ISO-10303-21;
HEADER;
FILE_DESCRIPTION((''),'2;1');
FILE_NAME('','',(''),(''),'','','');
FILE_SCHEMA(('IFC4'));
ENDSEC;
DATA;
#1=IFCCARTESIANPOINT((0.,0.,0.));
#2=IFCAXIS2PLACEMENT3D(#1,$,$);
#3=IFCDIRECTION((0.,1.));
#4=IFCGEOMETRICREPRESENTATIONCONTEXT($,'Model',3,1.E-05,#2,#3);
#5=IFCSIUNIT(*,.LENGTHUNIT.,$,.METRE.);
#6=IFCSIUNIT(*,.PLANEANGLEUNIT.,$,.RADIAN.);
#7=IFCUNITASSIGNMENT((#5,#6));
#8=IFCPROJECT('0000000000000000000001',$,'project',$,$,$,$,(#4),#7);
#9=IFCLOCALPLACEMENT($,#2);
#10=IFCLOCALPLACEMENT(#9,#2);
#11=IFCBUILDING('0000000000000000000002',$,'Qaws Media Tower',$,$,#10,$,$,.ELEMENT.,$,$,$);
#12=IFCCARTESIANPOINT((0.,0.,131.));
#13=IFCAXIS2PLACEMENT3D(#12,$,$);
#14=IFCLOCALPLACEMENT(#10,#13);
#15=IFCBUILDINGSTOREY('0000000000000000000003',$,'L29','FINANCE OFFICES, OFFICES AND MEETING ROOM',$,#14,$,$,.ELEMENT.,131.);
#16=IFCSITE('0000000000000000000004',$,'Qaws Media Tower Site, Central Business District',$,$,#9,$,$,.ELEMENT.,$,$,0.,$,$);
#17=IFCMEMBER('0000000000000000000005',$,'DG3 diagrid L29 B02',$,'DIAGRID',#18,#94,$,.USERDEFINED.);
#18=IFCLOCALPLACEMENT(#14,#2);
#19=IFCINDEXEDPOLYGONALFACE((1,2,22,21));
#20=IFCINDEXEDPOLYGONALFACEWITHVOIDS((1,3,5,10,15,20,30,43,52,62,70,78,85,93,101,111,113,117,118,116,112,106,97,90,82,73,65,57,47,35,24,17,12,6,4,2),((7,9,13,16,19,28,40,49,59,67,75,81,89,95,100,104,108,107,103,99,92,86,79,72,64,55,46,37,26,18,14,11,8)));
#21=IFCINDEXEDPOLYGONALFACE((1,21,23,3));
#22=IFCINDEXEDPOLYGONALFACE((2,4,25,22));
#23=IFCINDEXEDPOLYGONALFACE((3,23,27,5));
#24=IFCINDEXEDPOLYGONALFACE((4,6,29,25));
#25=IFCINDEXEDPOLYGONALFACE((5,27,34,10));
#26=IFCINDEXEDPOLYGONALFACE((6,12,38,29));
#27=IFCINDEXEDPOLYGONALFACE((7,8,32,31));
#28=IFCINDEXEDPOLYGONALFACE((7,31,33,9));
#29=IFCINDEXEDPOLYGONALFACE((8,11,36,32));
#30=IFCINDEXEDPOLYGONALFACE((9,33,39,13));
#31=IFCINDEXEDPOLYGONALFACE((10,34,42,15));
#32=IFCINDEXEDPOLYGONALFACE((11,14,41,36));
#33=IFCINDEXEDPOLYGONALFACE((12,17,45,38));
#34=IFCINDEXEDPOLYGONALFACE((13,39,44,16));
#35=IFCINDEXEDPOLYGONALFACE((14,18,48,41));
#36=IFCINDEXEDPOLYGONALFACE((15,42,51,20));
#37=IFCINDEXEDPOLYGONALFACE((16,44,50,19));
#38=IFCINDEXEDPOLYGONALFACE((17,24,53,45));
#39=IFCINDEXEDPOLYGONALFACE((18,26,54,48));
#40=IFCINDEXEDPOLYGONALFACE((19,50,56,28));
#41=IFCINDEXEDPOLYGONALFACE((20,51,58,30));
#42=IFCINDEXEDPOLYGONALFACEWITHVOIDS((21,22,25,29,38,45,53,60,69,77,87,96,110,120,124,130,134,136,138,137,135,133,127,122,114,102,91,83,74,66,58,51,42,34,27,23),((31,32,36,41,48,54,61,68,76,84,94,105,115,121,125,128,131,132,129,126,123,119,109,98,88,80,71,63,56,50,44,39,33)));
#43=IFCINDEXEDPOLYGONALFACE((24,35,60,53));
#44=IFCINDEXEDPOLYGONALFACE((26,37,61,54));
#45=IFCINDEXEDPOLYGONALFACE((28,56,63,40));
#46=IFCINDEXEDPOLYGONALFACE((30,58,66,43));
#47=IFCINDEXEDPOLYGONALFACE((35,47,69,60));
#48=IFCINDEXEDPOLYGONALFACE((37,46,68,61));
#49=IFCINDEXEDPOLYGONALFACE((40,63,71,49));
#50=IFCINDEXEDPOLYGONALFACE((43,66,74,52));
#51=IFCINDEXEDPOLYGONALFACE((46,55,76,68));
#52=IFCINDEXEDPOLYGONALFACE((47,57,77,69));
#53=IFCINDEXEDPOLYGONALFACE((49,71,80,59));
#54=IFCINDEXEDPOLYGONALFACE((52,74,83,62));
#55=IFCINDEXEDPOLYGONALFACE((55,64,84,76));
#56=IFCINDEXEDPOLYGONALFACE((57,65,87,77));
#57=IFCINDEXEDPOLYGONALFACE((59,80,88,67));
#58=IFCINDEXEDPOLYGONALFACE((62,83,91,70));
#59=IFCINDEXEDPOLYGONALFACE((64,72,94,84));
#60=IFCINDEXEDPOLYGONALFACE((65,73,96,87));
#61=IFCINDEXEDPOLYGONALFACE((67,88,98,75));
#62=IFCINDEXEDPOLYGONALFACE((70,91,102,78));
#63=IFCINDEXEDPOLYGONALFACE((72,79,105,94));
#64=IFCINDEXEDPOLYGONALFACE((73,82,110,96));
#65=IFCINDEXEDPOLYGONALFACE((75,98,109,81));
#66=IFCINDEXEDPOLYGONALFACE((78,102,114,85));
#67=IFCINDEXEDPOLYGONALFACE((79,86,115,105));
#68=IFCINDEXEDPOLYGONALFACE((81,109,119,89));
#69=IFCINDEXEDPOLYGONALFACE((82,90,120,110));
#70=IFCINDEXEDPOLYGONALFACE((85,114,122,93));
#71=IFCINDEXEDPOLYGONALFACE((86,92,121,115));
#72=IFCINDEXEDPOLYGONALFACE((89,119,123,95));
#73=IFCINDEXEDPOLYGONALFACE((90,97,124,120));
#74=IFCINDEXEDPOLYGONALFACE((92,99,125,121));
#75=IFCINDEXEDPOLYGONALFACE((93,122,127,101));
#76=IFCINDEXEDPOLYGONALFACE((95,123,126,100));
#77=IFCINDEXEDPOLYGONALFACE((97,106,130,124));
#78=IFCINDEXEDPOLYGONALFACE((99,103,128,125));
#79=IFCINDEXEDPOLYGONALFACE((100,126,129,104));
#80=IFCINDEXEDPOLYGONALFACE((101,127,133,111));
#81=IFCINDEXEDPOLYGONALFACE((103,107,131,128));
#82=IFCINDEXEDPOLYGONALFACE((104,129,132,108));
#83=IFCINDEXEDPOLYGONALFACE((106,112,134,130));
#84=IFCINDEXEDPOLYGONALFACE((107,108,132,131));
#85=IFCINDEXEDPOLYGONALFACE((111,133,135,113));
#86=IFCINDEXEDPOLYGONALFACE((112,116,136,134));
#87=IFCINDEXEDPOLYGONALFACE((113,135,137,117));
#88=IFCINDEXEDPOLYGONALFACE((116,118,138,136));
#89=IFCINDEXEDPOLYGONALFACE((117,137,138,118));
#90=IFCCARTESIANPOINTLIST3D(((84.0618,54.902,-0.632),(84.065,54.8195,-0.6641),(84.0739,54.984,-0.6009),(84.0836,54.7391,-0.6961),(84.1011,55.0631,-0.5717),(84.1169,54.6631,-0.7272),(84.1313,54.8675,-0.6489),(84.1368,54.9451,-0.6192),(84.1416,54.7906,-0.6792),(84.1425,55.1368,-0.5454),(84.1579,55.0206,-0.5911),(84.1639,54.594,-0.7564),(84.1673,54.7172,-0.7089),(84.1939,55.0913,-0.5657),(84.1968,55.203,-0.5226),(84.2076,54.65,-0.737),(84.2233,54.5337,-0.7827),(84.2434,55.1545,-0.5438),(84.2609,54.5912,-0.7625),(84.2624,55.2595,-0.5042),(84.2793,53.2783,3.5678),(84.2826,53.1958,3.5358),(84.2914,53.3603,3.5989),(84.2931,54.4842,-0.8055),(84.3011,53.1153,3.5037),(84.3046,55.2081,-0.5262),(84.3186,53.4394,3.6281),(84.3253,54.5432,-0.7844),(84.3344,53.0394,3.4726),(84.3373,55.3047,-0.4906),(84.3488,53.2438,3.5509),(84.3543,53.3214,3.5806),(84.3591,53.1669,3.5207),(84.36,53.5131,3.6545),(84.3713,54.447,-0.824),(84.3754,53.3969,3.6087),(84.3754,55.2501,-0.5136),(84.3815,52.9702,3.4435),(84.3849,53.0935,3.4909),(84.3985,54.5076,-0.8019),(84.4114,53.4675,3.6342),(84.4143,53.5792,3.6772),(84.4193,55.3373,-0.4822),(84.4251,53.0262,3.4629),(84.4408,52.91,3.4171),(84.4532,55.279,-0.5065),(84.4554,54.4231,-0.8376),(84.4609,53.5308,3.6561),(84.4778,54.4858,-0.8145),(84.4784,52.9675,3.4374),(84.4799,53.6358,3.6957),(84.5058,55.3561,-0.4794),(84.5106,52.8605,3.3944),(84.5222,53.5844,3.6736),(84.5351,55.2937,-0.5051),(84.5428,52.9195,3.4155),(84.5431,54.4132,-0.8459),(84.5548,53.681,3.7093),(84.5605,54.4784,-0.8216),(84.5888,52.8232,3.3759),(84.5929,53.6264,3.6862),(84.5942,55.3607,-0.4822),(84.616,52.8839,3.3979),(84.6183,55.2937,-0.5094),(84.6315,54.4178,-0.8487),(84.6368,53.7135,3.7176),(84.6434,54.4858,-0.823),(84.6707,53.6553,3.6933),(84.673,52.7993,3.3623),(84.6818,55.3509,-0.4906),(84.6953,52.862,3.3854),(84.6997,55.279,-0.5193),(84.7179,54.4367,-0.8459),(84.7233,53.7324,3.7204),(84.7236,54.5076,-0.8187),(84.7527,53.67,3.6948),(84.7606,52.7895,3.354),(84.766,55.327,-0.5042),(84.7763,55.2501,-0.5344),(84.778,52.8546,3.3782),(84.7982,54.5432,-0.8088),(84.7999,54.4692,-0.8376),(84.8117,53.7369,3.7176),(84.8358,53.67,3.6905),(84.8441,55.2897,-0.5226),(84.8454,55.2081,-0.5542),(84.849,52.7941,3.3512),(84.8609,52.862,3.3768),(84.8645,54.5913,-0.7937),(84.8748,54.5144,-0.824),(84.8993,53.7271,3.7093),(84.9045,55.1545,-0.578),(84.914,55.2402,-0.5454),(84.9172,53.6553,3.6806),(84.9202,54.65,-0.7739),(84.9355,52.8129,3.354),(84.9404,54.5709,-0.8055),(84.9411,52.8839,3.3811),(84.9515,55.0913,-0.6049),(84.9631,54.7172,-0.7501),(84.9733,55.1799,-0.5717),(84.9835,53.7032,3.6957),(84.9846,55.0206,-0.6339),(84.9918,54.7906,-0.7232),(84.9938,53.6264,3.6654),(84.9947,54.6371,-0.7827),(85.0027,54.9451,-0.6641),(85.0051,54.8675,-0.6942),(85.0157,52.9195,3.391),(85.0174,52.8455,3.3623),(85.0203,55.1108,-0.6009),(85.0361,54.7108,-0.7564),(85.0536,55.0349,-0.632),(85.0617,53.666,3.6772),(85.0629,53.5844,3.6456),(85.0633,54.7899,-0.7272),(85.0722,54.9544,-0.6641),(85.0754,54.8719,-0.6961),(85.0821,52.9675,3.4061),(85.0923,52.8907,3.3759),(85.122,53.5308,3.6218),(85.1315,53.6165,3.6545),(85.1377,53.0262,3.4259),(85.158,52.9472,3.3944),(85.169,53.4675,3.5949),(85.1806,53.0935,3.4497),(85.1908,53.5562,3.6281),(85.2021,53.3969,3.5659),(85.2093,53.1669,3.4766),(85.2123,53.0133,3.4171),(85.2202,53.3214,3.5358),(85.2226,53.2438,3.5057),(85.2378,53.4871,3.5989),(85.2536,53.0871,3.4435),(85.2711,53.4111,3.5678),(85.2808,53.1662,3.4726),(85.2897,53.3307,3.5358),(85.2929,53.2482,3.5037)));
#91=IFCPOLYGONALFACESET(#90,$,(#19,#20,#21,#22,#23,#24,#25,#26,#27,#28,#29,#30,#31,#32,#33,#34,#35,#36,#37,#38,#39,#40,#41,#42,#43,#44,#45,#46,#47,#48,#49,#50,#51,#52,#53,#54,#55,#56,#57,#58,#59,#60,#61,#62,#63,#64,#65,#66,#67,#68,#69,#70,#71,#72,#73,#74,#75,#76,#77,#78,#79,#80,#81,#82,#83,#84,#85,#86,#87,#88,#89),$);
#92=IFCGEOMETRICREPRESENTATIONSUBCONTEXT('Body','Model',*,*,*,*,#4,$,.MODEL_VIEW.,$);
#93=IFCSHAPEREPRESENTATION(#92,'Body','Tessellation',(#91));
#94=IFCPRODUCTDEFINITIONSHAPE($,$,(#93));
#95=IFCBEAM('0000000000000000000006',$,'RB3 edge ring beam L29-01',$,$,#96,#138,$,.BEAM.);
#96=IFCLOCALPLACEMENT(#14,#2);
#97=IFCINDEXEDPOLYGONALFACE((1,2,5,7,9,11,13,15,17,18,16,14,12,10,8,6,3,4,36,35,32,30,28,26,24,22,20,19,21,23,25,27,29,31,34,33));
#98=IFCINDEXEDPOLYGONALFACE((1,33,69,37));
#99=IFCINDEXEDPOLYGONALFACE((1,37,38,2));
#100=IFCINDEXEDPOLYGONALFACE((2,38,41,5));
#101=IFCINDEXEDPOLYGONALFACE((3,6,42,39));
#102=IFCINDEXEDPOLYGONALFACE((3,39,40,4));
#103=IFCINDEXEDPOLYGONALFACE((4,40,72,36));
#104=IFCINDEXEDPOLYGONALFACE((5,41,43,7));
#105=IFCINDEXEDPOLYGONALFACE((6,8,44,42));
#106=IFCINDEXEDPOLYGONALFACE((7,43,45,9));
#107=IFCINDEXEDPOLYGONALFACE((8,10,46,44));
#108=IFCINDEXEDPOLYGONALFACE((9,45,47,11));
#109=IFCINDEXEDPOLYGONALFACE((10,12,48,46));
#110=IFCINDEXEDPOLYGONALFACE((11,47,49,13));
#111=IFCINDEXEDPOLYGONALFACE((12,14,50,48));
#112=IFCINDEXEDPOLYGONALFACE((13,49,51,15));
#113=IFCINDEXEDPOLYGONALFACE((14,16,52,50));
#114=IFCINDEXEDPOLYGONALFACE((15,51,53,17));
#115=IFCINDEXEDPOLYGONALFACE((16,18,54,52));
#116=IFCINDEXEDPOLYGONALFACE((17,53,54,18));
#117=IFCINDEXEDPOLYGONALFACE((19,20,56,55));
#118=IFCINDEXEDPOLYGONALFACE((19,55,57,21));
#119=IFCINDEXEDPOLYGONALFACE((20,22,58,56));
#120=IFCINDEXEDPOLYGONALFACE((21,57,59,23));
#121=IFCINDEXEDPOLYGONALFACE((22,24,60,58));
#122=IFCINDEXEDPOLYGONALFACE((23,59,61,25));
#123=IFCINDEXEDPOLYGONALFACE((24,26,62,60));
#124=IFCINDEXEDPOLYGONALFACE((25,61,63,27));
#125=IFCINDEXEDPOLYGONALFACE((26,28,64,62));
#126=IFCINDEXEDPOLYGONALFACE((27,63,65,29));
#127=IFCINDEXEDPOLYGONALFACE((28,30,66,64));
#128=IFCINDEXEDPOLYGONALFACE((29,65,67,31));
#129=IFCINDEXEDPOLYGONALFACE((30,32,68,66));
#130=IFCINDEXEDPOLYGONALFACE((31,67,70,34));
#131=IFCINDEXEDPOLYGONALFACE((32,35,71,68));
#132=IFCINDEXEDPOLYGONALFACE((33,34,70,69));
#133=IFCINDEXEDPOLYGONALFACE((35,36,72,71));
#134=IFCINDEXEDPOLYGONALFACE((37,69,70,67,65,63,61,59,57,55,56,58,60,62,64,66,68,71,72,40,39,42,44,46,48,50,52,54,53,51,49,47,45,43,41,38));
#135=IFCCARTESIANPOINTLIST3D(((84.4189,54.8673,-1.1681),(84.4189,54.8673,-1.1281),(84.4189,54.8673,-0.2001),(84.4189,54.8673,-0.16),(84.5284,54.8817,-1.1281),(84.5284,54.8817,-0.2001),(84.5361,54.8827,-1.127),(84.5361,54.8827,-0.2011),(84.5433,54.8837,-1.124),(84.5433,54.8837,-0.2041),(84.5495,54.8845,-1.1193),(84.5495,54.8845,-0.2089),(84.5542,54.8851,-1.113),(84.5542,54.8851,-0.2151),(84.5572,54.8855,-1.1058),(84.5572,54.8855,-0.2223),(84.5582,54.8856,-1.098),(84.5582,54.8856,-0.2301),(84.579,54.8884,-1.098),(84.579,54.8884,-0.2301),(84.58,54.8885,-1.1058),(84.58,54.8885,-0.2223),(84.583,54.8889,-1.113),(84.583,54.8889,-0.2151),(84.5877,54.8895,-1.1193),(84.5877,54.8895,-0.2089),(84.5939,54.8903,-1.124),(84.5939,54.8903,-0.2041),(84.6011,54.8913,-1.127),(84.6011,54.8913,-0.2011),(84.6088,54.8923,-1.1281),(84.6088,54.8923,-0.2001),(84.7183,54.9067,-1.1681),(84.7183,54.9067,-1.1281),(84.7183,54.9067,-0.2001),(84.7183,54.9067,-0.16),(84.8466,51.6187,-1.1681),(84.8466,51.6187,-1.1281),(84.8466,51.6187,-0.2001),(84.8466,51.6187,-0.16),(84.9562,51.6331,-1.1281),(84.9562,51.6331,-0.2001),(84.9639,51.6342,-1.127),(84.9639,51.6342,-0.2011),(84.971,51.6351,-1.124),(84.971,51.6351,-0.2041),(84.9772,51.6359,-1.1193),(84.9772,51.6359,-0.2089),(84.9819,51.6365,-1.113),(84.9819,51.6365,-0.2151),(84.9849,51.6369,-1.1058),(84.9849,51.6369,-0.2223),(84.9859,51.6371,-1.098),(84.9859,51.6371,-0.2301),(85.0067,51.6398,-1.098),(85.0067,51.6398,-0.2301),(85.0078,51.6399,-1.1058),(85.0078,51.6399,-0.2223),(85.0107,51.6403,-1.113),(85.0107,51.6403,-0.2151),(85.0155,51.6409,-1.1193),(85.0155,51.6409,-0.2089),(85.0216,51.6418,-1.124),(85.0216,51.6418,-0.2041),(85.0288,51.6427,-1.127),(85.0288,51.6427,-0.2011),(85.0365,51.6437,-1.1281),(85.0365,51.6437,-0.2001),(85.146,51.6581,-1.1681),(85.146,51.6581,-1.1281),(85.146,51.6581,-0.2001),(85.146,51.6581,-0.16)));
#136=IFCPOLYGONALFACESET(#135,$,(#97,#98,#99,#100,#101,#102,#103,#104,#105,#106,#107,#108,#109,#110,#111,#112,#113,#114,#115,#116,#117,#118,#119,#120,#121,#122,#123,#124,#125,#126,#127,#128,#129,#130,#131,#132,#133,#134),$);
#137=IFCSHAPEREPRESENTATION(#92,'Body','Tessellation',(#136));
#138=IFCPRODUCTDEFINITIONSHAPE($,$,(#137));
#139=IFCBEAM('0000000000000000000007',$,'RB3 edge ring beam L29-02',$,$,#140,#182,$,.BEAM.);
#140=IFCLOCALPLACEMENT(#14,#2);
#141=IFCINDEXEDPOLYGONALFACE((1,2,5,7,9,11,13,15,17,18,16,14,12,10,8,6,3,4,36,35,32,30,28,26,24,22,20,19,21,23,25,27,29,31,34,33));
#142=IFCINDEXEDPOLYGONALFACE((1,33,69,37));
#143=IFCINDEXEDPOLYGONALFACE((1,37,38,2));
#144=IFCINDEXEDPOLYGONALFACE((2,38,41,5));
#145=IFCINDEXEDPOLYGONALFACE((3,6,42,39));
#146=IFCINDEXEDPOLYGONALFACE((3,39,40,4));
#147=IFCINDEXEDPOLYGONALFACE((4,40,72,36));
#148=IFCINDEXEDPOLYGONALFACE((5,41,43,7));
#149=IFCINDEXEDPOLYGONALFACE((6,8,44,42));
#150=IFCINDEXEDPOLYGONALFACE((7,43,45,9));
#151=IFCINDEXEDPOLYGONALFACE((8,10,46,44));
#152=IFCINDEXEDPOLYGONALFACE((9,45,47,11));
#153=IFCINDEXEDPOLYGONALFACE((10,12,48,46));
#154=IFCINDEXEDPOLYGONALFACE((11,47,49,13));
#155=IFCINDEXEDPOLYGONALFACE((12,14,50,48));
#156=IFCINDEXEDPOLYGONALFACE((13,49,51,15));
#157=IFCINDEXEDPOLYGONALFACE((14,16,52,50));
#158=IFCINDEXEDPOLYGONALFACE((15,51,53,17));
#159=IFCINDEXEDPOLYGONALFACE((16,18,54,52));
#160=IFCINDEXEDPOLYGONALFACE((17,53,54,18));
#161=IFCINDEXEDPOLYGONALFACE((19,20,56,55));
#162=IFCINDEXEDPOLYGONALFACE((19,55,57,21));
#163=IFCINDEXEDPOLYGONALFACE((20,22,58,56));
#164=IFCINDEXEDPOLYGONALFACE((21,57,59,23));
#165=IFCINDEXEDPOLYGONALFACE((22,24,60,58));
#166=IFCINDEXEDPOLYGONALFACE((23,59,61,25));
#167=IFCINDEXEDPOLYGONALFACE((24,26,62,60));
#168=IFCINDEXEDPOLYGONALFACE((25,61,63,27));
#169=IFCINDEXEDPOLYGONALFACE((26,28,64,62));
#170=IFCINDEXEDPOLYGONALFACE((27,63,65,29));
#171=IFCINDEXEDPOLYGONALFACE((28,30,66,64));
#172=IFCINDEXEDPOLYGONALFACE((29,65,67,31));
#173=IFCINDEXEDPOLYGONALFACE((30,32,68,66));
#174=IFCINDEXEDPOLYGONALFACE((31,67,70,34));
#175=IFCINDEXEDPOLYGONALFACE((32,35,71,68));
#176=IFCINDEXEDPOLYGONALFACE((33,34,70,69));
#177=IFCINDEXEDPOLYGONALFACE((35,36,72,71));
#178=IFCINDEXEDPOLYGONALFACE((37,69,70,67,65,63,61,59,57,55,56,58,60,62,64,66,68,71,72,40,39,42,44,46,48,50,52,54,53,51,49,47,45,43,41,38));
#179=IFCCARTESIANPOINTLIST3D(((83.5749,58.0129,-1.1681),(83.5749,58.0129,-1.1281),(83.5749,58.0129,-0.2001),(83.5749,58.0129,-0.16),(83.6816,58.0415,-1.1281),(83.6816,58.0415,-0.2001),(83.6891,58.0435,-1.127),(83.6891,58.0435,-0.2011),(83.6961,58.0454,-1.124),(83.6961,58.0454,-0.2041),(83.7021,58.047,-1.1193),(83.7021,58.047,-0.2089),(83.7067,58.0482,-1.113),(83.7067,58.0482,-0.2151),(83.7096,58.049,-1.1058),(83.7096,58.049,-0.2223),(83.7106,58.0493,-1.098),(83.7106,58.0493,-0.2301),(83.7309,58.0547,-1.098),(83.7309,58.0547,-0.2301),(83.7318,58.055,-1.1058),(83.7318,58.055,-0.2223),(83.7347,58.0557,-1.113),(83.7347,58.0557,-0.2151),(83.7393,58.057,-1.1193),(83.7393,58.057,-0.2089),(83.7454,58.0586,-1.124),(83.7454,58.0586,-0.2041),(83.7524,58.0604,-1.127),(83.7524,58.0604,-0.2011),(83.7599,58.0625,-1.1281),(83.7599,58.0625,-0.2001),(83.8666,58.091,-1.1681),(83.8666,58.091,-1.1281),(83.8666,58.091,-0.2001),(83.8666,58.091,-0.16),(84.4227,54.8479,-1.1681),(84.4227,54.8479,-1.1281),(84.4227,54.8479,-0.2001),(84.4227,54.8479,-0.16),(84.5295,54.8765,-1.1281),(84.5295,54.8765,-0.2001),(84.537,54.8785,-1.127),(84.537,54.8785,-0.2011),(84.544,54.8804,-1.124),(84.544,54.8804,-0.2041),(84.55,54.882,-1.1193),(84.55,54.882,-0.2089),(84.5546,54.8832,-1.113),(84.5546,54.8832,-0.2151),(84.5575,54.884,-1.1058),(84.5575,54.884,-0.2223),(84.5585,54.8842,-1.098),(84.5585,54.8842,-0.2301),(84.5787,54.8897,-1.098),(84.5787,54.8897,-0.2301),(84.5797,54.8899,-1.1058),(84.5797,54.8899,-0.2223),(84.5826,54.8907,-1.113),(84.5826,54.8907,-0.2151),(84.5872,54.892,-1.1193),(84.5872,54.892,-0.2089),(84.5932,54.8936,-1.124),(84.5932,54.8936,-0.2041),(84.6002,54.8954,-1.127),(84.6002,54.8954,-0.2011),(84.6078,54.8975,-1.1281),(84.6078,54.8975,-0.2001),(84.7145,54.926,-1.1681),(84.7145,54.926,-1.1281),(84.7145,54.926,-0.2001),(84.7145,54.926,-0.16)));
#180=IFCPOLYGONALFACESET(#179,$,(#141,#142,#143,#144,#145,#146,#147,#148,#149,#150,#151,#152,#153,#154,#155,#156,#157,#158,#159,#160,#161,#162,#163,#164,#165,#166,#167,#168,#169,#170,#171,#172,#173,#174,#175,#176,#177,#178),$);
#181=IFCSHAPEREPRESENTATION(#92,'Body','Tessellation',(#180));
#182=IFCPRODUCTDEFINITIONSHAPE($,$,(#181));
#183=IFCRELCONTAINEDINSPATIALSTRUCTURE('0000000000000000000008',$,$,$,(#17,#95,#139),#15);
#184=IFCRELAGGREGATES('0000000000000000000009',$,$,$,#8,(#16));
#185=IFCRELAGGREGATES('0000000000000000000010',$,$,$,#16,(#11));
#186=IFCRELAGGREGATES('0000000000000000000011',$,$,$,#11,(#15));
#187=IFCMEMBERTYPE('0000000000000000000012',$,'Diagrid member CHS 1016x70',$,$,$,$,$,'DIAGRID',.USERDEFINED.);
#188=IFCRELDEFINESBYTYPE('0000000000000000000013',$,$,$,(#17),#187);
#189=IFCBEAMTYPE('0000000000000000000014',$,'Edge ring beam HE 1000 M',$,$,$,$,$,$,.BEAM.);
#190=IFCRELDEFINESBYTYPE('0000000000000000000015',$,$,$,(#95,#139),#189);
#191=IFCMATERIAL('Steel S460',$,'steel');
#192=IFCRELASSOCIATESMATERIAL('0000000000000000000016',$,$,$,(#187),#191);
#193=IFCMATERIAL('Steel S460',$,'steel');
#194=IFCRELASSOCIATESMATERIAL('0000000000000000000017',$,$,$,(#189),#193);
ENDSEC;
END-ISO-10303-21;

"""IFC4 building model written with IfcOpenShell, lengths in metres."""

from ifc_helpers import new_model, si_unit, direction, frame, origin, origin_2d, place, context, subcontext, project, spatial, hollow_circle, i_section, extrude, material, material_profile, profile_set, type_object, element, save


model = new_model("IFC4")

# Units and contexts
model_context = context("Model", 3, precision=1e-05, world=origin(), true_north=direction((0.0, 1.0)))
body_context = subcontext(model_context, "Body", "Model", "MODEL_VIEW")
ifc_project = project(units=[si_unit("LENGTHUNIT", "METRE"), si_unit("PLANEANGLEUNIT", "RADIAN")], contexts=[model_context])

# Site, building, storey
site_placement = place(None, origin())
site = spatial("IfcSite", under=ifc_project, at=site_placement, Name="Qaws Media Tower Site, Central Business District", CompositionType="ELEMENT", RefElevation=0.0)
building_placement = place(site_placement, origin())
building = spatial("IfcBuilding", under=site, at=building_placement, Name="Qaws Media Tower", CompositionType="ELEMENT")
storey_placement = place(building_placement, frame((0.0, 0.0, 131.0)))
storey = spatial("IfcBuildingStorey", under=building, at=storey_placement, Name="L29", Description="FINANCE OFFICES, OFFICES AND MEETING ROOM", CompositionType="ELEMENT", Elevation=131.0)

# Member
ifc_material_1 = material(Name="Steel S460", Category="steel")
ifc_material_profile_1 = material_profile(ifc_material_1, hollow_circle(Radius=0.5081, WallThickness=0.0701, at=origin_2d()), Name="CHS 1016x70")
ifc_profile_set_1 = profile_set([ifc_material_profile_1], Name="Steel S460")
member_type_1 = type_object("IfcMemberType", Name="Diagrid member CHS 1016x70", ElementType="DIAGRID", PredefinedType="USERDEFINED", material=ifc_profile_set_1)
member_1_placement = place(storey_placement, frame((84.5686, 54.887, -0.6641), z_axis=(0.048252, -0.360186, 0.931632), x_axis=(0.991146, 0.132779, 0.0)))
element("IfcMember", 1, at=member_1_placement, inside=storey, type_object=member_type_1, Name="DG3 diagrid L29 B02", ObjectType="DIAGRID", PredefinedType="USERDEFINED", context=body_context, shape_type="SweptSolid", body=[
    extrude(hollow_circle(Radius=0.5081, WallThickness=0.0701, at=origin_2d()), origin(), (0.0, 0.0, 1.0), 4.5081),
])

# Beams
ifc_material_2 = material(Name="Steel S460", Category="steel")
ifc_material_profile_2 = material_profile(ifc_material_2, i_section(OverallWidth=0.302, OverallDepth=1.0081, WebThickness=0.021, FlangeThickness=0.04, FilletRadius=0.03, at=origin_2d()), Name="HE 1000 M")
ifc_profile_set_2 = profile_set([ifc_material_profile_2], Name="Steel S460")
beam_type_1 = type_object("IfcBeamType", Name="Edge ring beam HE 1000 M", PredefinedType="BEAM", material=ifc_profile_set_2)
for number, where, z_axis, x_axis, name in (
    (2, (84.9963, 51.6384, -0.6641), (-0.130543, 0.991443, 0.0), (-0.991443, -0.130543, 0.0), "RB3 edge ring beam L29-01"),
    (3, (84.5686, 54.887, -0.6641), (-0.258771, 0.965939, 0.0), (-0.965939, -0.258771, 0.0), "RB3 edge ring beam L29-02"),
):
    element("IfcBeam", number, at=place(storey_placement, frame(where, z_axis=z_axis, x_axis=x_axis)), inside=storey, type_object=beam_type_1, Name=name, PredefinedType="BEAM", context=body_context, shape_type="SweptSolid", body=[
        extrude(i_section(OverallWidth=0.302, OverallDepth=1.0081, WebThickness=0.021, FlangeThickness=0.04, FilletRadius=0.03, at=origin_2d()), origin(), (0.0, 0.0, 1.0), 3.2766),
    ])

save(model, "model.ifc")
